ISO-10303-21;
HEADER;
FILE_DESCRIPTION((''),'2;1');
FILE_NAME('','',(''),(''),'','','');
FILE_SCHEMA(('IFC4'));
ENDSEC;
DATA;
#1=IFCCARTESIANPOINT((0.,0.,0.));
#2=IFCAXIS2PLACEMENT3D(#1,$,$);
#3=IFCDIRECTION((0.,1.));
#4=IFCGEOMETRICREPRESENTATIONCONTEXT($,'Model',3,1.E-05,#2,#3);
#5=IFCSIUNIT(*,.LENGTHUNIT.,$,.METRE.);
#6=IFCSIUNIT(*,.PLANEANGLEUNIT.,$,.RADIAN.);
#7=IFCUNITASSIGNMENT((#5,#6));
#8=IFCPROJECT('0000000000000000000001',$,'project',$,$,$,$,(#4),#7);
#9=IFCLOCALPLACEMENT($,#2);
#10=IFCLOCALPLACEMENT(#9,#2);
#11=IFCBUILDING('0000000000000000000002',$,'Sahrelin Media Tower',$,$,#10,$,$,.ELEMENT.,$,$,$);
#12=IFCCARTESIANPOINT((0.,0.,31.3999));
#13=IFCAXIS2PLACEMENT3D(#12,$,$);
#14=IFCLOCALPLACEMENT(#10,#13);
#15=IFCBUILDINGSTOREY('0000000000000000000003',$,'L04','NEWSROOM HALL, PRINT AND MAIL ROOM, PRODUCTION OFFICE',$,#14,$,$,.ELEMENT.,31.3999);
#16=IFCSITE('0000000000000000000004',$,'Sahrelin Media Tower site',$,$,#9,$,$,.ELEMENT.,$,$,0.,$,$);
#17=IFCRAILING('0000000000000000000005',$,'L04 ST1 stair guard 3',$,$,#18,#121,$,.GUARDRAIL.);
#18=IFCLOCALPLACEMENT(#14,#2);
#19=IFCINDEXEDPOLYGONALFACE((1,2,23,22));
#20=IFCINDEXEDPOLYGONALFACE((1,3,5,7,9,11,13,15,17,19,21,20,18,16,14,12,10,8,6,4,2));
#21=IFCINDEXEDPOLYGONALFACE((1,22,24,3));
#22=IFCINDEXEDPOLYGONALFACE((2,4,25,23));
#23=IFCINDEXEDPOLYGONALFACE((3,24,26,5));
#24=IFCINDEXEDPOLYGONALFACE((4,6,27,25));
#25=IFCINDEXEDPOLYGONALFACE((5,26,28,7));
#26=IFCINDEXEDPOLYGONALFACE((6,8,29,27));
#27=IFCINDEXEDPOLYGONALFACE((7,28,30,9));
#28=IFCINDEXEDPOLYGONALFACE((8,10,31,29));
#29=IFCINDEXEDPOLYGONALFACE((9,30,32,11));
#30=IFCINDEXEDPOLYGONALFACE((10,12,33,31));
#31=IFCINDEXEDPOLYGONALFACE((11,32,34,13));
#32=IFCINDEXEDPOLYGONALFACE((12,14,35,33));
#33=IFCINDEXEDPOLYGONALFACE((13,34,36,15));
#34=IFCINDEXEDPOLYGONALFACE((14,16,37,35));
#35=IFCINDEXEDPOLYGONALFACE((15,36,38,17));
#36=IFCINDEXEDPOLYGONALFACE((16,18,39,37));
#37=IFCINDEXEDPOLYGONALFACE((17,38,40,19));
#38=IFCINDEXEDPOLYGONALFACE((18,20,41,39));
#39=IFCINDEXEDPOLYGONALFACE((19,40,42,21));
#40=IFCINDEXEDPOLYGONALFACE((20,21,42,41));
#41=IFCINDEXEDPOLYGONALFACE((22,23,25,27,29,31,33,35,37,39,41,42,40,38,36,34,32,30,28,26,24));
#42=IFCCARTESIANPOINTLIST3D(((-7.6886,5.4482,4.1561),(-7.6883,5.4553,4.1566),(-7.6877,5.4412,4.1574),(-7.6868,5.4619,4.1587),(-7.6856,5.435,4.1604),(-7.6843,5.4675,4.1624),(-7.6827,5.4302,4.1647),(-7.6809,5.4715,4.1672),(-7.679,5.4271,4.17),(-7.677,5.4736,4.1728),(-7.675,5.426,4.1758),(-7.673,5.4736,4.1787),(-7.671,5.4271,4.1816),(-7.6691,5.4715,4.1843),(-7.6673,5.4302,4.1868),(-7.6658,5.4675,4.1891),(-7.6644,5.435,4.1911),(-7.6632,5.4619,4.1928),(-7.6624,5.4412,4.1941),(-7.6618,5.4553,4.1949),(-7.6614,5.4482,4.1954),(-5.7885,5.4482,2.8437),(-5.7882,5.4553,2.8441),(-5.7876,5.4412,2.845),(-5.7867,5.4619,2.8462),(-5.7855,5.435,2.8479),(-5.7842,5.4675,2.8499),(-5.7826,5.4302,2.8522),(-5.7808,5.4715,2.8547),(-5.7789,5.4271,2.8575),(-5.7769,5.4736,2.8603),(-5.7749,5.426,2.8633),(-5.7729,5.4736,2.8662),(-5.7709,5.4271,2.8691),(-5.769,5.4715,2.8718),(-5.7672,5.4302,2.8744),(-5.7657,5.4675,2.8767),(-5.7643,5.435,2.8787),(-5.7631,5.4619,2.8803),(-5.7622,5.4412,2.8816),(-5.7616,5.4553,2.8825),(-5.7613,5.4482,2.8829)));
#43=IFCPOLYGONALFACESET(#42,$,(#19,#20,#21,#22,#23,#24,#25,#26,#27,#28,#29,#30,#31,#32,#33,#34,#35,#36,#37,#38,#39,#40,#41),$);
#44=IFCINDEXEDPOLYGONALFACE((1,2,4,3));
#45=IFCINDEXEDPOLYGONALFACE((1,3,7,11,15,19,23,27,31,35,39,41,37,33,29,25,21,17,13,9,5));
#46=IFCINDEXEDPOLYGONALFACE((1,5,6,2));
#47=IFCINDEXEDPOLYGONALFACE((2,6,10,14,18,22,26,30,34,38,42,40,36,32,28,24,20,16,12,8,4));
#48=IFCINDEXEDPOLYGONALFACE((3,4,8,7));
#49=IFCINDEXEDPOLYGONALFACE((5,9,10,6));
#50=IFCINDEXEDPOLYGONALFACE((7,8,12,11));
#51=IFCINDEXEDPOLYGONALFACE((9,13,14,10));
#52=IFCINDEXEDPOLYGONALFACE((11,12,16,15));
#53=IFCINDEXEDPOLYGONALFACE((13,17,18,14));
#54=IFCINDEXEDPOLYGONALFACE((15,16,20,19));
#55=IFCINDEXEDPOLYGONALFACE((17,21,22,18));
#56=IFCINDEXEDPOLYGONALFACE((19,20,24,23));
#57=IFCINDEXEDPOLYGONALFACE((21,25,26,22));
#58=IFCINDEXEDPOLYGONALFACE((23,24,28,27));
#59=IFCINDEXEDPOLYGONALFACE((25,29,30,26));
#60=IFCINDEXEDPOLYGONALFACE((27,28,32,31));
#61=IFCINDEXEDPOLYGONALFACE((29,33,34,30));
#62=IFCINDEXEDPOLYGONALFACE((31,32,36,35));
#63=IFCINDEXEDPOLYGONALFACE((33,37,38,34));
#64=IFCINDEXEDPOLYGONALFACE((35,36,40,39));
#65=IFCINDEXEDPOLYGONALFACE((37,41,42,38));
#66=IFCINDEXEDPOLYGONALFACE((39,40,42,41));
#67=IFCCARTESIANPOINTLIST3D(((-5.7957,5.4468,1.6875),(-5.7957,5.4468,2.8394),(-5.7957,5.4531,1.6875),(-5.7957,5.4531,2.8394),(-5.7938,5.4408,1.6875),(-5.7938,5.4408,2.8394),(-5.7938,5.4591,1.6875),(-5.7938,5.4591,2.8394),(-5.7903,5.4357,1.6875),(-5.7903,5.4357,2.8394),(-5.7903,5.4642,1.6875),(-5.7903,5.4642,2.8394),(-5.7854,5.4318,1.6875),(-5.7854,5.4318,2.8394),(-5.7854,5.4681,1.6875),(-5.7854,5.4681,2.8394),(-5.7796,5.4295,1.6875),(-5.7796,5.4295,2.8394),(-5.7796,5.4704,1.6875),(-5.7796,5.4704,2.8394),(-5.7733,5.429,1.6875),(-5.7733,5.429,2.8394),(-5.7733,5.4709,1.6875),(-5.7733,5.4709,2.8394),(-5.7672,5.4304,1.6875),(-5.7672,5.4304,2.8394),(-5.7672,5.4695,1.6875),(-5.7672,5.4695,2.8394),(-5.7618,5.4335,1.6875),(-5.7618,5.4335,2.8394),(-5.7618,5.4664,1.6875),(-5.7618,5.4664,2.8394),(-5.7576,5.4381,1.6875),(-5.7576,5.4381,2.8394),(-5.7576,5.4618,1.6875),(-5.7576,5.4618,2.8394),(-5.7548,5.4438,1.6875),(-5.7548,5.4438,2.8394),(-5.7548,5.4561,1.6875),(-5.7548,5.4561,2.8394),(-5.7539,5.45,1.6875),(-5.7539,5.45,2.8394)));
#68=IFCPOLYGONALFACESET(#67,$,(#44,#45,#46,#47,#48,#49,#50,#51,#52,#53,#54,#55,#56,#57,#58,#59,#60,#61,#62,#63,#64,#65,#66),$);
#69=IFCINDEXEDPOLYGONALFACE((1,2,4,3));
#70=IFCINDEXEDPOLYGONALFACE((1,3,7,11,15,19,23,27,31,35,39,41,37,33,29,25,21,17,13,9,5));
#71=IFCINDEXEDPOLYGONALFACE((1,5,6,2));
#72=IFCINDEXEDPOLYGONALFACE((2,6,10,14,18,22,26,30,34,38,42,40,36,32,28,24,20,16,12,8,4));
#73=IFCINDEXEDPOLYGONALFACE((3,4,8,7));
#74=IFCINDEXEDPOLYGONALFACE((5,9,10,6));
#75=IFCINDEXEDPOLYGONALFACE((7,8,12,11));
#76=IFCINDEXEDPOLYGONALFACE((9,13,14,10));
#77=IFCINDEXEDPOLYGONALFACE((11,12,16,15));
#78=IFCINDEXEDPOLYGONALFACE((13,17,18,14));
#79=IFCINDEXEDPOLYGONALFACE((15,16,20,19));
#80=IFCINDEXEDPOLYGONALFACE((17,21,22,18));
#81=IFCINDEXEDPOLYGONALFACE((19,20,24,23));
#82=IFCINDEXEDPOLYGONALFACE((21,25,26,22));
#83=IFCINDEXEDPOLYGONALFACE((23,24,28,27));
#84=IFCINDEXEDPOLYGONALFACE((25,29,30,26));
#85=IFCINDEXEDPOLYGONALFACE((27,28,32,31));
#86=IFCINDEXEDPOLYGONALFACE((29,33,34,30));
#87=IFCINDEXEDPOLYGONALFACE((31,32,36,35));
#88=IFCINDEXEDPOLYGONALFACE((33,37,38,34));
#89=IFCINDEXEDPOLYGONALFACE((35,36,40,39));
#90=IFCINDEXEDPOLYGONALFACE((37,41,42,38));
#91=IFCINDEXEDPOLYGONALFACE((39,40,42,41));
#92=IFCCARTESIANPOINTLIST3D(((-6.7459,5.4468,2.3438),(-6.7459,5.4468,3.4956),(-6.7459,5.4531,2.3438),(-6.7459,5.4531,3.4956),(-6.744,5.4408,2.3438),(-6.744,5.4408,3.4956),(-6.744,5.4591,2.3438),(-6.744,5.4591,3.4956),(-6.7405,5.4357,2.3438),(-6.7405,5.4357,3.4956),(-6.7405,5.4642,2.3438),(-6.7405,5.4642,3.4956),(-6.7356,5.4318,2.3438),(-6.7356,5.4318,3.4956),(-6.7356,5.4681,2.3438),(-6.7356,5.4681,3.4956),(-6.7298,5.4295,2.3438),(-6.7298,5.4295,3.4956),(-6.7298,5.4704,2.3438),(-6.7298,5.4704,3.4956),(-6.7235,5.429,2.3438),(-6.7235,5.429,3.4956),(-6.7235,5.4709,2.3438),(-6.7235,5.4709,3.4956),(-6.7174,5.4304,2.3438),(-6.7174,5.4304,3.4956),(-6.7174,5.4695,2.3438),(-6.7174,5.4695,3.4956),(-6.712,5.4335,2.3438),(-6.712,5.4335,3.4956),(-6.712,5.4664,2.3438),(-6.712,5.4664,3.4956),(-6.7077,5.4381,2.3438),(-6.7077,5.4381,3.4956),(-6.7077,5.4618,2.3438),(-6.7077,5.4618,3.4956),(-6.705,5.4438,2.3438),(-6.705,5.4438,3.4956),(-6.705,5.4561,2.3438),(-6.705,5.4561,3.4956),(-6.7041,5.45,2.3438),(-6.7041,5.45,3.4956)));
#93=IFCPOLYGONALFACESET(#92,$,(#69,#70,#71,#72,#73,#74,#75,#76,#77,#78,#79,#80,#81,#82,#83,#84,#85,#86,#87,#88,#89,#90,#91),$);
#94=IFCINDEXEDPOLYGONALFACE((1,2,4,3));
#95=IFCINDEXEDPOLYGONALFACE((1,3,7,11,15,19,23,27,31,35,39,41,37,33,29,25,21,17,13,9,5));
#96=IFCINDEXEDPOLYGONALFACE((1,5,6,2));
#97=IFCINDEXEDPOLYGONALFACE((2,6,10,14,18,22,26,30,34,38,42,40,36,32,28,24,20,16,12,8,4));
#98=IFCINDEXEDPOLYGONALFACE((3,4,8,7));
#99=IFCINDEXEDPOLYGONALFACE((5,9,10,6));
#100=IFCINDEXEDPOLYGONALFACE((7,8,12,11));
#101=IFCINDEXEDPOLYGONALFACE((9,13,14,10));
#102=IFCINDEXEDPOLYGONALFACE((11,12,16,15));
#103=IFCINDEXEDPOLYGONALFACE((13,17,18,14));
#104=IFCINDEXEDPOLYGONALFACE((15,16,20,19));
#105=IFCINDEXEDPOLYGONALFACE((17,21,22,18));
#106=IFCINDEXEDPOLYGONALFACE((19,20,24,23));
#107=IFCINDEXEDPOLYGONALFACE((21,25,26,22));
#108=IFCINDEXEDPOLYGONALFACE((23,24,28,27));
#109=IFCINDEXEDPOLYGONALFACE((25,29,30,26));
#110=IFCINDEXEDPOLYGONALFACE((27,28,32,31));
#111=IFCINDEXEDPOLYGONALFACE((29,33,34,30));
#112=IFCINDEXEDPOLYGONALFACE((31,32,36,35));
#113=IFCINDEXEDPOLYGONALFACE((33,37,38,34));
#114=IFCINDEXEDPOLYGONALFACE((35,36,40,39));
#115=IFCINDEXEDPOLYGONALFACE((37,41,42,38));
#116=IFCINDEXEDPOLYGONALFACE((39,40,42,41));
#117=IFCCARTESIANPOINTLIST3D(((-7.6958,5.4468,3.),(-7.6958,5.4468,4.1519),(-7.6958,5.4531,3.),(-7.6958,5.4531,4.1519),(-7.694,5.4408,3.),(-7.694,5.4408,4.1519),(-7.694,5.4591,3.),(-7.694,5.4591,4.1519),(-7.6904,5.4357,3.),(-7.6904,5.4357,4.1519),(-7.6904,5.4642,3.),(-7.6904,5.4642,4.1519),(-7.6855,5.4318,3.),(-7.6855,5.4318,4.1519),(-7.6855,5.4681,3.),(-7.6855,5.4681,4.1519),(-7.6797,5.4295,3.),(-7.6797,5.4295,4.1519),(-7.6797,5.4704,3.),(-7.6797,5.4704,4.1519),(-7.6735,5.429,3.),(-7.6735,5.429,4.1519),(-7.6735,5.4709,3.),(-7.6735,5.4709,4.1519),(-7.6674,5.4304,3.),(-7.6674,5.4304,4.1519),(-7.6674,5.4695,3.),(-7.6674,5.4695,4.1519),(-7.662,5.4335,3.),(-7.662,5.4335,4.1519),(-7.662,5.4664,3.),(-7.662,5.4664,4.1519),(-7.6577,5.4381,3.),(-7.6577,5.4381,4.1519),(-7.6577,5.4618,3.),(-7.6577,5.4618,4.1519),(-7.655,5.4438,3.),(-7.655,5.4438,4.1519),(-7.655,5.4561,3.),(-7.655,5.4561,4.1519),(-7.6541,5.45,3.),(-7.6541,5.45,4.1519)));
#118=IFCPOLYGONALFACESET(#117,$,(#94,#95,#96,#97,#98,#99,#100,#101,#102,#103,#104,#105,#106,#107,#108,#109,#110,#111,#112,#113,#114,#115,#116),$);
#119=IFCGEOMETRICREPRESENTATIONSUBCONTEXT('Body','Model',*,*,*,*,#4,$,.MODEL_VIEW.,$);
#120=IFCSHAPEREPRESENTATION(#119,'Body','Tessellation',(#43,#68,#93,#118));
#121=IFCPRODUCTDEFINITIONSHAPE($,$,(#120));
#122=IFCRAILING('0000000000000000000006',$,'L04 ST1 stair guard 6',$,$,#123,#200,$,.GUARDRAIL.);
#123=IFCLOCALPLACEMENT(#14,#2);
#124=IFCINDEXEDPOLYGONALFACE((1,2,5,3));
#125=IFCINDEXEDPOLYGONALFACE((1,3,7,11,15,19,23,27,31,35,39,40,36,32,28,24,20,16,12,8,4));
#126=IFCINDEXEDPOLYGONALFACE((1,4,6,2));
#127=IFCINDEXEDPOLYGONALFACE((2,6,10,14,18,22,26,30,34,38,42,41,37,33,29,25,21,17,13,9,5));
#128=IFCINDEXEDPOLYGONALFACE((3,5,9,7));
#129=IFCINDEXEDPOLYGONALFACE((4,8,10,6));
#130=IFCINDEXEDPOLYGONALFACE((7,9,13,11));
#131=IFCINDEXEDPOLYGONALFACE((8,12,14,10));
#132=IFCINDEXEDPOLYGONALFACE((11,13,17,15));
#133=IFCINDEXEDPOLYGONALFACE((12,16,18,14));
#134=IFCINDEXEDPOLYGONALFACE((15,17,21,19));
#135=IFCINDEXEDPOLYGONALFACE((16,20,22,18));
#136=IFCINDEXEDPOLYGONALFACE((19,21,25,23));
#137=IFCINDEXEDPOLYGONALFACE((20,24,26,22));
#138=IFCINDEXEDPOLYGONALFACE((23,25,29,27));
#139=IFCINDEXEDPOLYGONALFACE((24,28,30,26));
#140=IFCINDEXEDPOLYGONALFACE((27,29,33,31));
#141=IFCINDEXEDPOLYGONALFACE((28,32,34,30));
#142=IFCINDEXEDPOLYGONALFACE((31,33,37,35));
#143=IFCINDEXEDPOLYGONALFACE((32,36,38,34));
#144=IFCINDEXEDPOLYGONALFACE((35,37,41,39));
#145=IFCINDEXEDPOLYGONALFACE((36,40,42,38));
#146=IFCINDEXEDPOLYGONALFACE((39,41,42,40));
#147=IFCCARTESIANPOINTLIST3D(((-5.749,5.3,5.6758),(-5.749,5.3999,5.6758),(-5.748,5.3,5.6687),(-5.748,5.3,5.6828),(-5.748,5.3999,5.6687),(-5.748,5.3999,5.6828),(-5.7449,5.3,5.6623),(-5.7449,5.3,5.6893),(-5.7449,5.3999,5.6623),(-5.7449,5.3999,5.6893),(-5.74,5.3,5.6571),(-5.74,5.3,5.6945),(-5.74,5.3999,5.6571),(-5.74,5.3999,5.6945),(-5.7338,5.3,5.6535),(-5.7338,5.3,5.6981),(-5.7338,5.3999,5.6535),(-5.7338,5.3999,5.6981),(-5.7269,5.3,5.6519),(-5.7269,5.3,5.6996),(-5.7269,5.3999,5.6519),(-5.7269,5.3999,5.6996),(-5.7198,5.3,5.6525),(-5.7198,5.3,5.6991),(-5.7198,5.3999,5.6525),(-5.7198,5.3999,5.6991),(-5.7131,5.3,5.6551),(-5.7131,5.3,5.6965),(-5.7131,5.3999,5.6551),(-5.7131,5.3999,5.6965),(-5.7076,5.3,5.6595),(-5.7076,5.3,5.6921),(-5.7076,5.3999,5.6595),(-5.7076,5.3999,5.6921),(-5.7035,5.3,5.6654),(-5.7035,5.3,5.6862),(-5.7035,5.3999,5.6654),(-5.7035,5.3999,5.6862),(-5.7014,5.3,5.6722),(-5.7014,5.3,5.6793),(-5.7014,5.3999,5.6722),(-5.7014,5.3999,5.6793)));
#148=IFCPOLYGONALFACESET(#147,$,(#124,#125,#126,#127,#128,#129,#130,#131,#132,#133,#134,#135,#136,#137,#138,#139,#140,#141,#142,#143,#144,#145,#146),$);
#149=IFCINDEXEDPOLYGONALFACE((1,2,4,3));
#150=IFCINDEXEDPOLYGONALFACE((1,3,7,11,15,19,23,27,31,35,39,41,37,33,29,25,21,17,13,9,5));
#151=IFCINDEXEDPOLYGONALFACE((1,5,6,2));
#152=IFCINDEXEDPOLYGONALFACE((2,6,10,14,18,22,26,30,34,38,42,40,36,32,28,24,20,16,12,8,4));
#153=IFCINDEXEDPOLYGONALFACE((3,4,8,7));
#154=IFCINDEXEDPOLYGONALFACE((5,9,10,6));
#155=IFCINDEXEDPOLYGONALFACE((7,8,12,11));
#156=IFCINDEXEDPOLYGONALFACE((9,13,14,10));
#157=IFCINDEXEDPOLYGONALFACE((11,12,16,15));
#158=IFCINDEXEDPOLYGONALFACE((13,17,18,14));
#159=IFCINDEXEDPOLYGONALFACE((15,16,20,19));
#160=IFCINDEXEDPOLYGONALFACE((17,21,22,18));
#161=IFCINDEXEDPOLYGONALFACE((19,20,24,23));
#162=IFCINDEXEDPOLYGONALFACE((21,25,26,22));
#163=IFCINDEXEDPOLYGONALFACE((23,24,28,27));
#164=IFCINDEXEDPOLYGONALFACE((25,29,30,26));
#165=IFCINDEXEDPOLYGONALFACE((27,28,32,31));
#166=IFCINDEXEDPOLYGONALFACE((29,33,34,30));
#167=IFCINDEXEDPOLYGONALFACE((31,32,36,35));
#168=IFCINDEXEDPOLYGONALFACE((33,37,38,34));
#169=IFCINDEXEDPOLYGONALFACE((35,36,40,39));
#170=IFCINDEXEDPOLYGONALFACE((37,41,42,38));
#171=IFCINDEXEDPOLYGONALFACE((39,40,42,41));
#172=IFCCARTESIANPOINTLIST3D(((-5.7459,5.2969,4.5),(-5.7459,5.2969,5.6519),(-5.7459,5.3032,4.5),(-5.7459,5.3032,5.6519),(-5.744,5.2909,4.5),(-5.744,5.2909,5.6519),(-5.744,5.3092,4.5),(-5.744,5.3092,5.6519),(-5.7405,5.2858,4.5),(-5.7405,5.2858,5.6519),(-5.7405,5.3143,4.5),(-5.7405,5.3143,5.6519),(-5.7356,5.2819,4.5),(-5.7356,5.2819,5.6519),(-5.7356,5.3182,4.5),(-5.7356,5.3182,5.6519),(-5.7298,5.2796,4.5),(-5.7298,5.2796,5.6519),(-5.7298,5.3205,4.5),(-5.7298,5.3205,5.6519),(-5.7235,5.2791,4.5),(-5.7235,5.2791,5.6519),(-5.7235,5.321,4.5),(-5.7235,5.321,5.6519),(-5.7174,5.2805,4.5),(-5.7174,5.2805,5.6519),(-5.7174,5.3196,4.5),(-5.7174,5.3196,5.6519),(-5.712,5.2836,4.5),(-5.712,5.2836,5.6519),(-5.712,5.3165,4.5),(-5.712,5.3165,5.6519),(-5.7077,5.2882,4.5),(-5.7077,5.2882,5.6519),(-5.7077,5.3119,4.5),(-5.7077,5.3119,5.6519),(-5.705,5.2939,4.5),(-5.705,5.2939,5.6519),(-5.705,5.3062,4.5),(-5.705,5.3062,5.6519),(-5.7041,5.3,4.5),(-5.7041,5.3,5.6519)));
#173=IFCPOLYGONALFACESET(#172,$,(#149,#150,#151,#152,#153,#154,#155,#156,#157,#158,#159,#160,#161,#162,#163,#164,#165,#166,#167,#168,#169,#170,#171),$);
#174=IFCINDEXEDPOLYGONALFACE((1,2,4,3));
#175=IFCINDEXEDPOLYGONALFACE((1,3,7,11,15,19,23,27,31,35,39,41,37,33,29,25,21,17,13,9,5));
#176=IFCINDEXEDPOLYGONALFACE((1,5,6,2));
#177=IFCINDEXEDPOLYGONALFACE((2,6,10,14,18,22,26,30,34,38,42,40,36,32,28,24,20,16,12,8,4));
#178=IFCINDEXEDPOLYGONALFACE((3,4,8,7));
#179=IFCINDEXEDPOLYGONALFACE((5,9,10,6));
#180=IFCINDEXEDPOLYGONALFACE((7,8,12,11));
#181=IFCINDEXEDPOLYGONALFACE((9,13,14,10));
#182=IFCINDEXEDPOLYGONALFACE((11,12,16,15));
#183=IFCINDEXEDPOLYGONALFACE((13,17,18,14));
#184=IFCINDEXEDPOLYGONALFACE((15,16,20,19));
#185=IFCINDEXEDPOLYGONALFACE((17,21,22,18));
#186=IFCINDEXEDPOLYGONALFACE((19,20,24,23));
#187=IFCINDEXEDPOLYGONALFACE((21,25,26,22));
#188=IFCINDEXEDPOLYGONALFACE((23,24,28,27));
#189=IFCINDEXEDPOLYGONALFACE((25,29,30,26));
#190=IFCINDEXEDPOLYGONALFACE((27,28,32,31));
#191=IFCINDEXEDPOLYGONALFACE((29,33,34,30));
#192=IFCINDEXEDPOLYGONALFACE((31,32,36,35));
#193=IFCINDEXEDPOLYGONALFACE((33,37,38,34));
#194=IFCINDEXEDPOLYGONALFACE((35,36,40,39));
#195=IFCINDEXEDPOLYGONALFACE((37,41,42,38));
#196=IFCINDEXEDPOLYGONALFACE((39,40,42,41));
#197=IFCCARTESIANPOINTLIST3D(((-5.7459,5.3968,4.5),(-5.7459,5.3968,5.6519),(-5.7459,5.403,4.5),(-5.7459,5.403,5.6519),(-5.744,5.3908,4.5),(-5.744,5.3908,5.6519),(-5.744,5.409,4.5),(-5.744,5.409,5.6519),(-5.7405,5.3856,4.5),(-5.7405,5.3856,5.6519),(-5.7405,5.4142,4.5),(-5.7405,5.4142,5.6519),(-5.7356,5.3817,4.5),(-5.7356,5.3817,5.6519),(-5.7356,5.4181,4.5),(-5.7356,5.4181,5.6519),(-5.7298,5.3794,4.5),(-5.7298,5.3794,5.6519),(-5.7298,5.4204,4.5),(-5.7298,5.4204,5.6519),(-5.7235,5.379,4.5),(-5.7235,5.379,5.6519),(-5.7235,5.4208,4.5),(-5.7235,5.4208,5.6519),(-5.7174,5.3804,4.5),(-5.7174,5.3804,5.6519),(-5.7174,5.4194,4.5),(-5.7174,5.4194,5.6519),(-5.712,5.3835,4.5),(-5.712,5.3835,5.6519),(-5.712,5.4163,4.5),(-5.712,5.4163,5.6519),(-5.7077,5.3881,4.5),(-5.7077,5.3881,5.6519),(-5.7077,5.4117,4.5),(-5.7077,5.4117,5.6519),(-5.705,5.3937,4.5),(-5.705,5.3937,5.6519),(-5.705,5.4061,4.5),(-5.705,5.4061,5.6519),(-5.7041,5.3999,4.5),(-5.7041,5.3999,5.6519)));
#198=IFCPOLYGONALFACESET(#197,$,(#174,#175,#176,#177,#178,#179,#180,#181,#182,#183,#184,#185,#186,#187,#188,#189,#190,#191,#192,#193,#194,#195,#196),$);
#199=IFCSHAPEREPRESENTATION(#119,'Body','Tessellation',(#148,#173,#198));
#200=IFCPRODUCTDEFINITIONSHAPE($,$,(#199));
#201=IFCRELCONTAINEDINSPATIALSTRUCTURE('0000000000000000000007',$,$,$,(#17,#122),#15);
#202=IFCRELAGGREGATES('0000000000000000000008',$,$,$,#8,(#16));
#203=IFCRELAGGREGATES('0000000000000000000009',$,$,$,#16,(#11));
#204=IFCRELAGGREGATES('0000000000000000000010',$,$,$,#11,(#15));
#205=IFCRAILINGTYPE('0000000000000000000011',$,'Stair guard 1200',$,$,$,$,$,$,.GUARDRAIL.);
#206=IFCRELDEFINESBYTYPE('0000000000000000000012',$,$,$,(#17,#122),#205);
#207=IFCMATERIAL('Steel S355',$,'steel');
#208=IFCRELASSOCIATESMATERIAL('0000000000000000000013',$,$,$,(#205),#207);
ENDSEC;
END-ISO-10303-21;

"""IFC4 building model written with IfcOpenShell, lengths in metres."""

from ifc_helpers import new_model, si_unit, direction, frame, origin, origin_2d, place, context, subcontext, project, spatial, circle, extrude, material, type_object, element, save


model = new_model("IFC4")

# Units and contexts
model_context = context("Model", 3, precision=1e-05, world=origin(), true_north=direction((0.0, 1.0)))
body_context = subcontext(model_context, "Body", "Model", "MODEL_VIEW")
ifc_project = project(units=[si_unit("LENGTHUNIT", "METRE"), si_unit("PLANEANGLEUNIT", "RADIAN")], contexts=[model_context])

# Site, building, storey
site_placement = place(None, origin())
site = spatial("IfcSite", under=ifc_project, at=site_placement, Name="Sahrelin Media Tower site", CompositionType="ELEMENT", RefElevation=0.0)
building_placement = place(site_placement, origin())
building = spatial("IfcBuilding", under=site, at=building_placement, Name="Sahrelin Media Tower", CompositionType="ELEMENT")
storey_placement = place(building_placement, frame((0.0, 0.0, 31.3999)))
storey = spatial("IfcBuildingStorey", under=building, at=storey_placement, Name="L04", Description="NEWSROOM HALL, PRINT AND MAIL ROOM, PRODUCTION OFFICE", CompositionType="ELEMENT", Elevation=31.3999)

# Shared definitions
ifc_material_1 = material(Name="Steel S355", Category="steel")

# Railings
railing_type_1 = type_object("IfcRailingType", Name="Stair guard 1200", PredefinedType="GUARDRAIL", material=ifc_material_1)
railing_1_placement = place(storey_placement, frame((-5.7749, 5.45, 1.6875)))
element("IfcRailing", 1, at=railing_1_placement, inside=storey, type_object=railing_type_1, Name="L04 ST1 stair guard 3", PredefinedType="GUARDRAIL", context=body_context, shape_type="SweptSolid", body=[
    extrude(circle(Radius=0.0239, at=origin_2d()), frame((0.0, 0.0, 1.1758), z_axis=(-0.822797, 0.0, 0.568336), x_axis=(0.0, -1.0, 0.0)), (0.0, 0.0, 1.0), 2.3093),
    extrude(circle(Radius=0.021, at=origin_2d()), origin(), (0.0, 0.0, 1.0), 1.1519),
    extrude(circle(Radius=0.021, at=origin_2d()), frame((-0.9502, 0.0, 0.6562)), (0.0, 0.0, 1.0), 1.1519),
    extrude(circle(Radius=0.021, at=origin_2d()), frame((-1.9001, 0.0, 1.3125)), (0.0, 0.0, 1.0), 1.1519),
])
railing_2_placement = place(storey_placement, frame((-5.7251, 5.3, 4.5)))
element("IfcRailing", 2, at=railing_2_placement, inside=storey, type_object=railing_type_1, Name="L04 ST1 stair guard 6", PredefinedType="GUARDRAIL", context=body_context, shape_type="SweptSolid", body=[
    extrude(circle(Radius=0.0239, at=origin_2d()), frame((0.0, 0.0, 1.1758), z_axis=(0.0, 1.0, 0.0), x_axis=(-1.0, 0.0, 0.0)), (0.0, 0.0, 1.0), 0.0999),
    extrude(circle(Radius=0.021, at=origin_2d()), origin(), (0.0, 0.0, 1.0), 1.1519),
    extrude(circle(Radius=0.021, at=origin_2d()), frame((0.0, 0.0999, 0.0)), (0.0, 0.0, 1.0), 1.1519),
])

save(model, "model.ifc")
